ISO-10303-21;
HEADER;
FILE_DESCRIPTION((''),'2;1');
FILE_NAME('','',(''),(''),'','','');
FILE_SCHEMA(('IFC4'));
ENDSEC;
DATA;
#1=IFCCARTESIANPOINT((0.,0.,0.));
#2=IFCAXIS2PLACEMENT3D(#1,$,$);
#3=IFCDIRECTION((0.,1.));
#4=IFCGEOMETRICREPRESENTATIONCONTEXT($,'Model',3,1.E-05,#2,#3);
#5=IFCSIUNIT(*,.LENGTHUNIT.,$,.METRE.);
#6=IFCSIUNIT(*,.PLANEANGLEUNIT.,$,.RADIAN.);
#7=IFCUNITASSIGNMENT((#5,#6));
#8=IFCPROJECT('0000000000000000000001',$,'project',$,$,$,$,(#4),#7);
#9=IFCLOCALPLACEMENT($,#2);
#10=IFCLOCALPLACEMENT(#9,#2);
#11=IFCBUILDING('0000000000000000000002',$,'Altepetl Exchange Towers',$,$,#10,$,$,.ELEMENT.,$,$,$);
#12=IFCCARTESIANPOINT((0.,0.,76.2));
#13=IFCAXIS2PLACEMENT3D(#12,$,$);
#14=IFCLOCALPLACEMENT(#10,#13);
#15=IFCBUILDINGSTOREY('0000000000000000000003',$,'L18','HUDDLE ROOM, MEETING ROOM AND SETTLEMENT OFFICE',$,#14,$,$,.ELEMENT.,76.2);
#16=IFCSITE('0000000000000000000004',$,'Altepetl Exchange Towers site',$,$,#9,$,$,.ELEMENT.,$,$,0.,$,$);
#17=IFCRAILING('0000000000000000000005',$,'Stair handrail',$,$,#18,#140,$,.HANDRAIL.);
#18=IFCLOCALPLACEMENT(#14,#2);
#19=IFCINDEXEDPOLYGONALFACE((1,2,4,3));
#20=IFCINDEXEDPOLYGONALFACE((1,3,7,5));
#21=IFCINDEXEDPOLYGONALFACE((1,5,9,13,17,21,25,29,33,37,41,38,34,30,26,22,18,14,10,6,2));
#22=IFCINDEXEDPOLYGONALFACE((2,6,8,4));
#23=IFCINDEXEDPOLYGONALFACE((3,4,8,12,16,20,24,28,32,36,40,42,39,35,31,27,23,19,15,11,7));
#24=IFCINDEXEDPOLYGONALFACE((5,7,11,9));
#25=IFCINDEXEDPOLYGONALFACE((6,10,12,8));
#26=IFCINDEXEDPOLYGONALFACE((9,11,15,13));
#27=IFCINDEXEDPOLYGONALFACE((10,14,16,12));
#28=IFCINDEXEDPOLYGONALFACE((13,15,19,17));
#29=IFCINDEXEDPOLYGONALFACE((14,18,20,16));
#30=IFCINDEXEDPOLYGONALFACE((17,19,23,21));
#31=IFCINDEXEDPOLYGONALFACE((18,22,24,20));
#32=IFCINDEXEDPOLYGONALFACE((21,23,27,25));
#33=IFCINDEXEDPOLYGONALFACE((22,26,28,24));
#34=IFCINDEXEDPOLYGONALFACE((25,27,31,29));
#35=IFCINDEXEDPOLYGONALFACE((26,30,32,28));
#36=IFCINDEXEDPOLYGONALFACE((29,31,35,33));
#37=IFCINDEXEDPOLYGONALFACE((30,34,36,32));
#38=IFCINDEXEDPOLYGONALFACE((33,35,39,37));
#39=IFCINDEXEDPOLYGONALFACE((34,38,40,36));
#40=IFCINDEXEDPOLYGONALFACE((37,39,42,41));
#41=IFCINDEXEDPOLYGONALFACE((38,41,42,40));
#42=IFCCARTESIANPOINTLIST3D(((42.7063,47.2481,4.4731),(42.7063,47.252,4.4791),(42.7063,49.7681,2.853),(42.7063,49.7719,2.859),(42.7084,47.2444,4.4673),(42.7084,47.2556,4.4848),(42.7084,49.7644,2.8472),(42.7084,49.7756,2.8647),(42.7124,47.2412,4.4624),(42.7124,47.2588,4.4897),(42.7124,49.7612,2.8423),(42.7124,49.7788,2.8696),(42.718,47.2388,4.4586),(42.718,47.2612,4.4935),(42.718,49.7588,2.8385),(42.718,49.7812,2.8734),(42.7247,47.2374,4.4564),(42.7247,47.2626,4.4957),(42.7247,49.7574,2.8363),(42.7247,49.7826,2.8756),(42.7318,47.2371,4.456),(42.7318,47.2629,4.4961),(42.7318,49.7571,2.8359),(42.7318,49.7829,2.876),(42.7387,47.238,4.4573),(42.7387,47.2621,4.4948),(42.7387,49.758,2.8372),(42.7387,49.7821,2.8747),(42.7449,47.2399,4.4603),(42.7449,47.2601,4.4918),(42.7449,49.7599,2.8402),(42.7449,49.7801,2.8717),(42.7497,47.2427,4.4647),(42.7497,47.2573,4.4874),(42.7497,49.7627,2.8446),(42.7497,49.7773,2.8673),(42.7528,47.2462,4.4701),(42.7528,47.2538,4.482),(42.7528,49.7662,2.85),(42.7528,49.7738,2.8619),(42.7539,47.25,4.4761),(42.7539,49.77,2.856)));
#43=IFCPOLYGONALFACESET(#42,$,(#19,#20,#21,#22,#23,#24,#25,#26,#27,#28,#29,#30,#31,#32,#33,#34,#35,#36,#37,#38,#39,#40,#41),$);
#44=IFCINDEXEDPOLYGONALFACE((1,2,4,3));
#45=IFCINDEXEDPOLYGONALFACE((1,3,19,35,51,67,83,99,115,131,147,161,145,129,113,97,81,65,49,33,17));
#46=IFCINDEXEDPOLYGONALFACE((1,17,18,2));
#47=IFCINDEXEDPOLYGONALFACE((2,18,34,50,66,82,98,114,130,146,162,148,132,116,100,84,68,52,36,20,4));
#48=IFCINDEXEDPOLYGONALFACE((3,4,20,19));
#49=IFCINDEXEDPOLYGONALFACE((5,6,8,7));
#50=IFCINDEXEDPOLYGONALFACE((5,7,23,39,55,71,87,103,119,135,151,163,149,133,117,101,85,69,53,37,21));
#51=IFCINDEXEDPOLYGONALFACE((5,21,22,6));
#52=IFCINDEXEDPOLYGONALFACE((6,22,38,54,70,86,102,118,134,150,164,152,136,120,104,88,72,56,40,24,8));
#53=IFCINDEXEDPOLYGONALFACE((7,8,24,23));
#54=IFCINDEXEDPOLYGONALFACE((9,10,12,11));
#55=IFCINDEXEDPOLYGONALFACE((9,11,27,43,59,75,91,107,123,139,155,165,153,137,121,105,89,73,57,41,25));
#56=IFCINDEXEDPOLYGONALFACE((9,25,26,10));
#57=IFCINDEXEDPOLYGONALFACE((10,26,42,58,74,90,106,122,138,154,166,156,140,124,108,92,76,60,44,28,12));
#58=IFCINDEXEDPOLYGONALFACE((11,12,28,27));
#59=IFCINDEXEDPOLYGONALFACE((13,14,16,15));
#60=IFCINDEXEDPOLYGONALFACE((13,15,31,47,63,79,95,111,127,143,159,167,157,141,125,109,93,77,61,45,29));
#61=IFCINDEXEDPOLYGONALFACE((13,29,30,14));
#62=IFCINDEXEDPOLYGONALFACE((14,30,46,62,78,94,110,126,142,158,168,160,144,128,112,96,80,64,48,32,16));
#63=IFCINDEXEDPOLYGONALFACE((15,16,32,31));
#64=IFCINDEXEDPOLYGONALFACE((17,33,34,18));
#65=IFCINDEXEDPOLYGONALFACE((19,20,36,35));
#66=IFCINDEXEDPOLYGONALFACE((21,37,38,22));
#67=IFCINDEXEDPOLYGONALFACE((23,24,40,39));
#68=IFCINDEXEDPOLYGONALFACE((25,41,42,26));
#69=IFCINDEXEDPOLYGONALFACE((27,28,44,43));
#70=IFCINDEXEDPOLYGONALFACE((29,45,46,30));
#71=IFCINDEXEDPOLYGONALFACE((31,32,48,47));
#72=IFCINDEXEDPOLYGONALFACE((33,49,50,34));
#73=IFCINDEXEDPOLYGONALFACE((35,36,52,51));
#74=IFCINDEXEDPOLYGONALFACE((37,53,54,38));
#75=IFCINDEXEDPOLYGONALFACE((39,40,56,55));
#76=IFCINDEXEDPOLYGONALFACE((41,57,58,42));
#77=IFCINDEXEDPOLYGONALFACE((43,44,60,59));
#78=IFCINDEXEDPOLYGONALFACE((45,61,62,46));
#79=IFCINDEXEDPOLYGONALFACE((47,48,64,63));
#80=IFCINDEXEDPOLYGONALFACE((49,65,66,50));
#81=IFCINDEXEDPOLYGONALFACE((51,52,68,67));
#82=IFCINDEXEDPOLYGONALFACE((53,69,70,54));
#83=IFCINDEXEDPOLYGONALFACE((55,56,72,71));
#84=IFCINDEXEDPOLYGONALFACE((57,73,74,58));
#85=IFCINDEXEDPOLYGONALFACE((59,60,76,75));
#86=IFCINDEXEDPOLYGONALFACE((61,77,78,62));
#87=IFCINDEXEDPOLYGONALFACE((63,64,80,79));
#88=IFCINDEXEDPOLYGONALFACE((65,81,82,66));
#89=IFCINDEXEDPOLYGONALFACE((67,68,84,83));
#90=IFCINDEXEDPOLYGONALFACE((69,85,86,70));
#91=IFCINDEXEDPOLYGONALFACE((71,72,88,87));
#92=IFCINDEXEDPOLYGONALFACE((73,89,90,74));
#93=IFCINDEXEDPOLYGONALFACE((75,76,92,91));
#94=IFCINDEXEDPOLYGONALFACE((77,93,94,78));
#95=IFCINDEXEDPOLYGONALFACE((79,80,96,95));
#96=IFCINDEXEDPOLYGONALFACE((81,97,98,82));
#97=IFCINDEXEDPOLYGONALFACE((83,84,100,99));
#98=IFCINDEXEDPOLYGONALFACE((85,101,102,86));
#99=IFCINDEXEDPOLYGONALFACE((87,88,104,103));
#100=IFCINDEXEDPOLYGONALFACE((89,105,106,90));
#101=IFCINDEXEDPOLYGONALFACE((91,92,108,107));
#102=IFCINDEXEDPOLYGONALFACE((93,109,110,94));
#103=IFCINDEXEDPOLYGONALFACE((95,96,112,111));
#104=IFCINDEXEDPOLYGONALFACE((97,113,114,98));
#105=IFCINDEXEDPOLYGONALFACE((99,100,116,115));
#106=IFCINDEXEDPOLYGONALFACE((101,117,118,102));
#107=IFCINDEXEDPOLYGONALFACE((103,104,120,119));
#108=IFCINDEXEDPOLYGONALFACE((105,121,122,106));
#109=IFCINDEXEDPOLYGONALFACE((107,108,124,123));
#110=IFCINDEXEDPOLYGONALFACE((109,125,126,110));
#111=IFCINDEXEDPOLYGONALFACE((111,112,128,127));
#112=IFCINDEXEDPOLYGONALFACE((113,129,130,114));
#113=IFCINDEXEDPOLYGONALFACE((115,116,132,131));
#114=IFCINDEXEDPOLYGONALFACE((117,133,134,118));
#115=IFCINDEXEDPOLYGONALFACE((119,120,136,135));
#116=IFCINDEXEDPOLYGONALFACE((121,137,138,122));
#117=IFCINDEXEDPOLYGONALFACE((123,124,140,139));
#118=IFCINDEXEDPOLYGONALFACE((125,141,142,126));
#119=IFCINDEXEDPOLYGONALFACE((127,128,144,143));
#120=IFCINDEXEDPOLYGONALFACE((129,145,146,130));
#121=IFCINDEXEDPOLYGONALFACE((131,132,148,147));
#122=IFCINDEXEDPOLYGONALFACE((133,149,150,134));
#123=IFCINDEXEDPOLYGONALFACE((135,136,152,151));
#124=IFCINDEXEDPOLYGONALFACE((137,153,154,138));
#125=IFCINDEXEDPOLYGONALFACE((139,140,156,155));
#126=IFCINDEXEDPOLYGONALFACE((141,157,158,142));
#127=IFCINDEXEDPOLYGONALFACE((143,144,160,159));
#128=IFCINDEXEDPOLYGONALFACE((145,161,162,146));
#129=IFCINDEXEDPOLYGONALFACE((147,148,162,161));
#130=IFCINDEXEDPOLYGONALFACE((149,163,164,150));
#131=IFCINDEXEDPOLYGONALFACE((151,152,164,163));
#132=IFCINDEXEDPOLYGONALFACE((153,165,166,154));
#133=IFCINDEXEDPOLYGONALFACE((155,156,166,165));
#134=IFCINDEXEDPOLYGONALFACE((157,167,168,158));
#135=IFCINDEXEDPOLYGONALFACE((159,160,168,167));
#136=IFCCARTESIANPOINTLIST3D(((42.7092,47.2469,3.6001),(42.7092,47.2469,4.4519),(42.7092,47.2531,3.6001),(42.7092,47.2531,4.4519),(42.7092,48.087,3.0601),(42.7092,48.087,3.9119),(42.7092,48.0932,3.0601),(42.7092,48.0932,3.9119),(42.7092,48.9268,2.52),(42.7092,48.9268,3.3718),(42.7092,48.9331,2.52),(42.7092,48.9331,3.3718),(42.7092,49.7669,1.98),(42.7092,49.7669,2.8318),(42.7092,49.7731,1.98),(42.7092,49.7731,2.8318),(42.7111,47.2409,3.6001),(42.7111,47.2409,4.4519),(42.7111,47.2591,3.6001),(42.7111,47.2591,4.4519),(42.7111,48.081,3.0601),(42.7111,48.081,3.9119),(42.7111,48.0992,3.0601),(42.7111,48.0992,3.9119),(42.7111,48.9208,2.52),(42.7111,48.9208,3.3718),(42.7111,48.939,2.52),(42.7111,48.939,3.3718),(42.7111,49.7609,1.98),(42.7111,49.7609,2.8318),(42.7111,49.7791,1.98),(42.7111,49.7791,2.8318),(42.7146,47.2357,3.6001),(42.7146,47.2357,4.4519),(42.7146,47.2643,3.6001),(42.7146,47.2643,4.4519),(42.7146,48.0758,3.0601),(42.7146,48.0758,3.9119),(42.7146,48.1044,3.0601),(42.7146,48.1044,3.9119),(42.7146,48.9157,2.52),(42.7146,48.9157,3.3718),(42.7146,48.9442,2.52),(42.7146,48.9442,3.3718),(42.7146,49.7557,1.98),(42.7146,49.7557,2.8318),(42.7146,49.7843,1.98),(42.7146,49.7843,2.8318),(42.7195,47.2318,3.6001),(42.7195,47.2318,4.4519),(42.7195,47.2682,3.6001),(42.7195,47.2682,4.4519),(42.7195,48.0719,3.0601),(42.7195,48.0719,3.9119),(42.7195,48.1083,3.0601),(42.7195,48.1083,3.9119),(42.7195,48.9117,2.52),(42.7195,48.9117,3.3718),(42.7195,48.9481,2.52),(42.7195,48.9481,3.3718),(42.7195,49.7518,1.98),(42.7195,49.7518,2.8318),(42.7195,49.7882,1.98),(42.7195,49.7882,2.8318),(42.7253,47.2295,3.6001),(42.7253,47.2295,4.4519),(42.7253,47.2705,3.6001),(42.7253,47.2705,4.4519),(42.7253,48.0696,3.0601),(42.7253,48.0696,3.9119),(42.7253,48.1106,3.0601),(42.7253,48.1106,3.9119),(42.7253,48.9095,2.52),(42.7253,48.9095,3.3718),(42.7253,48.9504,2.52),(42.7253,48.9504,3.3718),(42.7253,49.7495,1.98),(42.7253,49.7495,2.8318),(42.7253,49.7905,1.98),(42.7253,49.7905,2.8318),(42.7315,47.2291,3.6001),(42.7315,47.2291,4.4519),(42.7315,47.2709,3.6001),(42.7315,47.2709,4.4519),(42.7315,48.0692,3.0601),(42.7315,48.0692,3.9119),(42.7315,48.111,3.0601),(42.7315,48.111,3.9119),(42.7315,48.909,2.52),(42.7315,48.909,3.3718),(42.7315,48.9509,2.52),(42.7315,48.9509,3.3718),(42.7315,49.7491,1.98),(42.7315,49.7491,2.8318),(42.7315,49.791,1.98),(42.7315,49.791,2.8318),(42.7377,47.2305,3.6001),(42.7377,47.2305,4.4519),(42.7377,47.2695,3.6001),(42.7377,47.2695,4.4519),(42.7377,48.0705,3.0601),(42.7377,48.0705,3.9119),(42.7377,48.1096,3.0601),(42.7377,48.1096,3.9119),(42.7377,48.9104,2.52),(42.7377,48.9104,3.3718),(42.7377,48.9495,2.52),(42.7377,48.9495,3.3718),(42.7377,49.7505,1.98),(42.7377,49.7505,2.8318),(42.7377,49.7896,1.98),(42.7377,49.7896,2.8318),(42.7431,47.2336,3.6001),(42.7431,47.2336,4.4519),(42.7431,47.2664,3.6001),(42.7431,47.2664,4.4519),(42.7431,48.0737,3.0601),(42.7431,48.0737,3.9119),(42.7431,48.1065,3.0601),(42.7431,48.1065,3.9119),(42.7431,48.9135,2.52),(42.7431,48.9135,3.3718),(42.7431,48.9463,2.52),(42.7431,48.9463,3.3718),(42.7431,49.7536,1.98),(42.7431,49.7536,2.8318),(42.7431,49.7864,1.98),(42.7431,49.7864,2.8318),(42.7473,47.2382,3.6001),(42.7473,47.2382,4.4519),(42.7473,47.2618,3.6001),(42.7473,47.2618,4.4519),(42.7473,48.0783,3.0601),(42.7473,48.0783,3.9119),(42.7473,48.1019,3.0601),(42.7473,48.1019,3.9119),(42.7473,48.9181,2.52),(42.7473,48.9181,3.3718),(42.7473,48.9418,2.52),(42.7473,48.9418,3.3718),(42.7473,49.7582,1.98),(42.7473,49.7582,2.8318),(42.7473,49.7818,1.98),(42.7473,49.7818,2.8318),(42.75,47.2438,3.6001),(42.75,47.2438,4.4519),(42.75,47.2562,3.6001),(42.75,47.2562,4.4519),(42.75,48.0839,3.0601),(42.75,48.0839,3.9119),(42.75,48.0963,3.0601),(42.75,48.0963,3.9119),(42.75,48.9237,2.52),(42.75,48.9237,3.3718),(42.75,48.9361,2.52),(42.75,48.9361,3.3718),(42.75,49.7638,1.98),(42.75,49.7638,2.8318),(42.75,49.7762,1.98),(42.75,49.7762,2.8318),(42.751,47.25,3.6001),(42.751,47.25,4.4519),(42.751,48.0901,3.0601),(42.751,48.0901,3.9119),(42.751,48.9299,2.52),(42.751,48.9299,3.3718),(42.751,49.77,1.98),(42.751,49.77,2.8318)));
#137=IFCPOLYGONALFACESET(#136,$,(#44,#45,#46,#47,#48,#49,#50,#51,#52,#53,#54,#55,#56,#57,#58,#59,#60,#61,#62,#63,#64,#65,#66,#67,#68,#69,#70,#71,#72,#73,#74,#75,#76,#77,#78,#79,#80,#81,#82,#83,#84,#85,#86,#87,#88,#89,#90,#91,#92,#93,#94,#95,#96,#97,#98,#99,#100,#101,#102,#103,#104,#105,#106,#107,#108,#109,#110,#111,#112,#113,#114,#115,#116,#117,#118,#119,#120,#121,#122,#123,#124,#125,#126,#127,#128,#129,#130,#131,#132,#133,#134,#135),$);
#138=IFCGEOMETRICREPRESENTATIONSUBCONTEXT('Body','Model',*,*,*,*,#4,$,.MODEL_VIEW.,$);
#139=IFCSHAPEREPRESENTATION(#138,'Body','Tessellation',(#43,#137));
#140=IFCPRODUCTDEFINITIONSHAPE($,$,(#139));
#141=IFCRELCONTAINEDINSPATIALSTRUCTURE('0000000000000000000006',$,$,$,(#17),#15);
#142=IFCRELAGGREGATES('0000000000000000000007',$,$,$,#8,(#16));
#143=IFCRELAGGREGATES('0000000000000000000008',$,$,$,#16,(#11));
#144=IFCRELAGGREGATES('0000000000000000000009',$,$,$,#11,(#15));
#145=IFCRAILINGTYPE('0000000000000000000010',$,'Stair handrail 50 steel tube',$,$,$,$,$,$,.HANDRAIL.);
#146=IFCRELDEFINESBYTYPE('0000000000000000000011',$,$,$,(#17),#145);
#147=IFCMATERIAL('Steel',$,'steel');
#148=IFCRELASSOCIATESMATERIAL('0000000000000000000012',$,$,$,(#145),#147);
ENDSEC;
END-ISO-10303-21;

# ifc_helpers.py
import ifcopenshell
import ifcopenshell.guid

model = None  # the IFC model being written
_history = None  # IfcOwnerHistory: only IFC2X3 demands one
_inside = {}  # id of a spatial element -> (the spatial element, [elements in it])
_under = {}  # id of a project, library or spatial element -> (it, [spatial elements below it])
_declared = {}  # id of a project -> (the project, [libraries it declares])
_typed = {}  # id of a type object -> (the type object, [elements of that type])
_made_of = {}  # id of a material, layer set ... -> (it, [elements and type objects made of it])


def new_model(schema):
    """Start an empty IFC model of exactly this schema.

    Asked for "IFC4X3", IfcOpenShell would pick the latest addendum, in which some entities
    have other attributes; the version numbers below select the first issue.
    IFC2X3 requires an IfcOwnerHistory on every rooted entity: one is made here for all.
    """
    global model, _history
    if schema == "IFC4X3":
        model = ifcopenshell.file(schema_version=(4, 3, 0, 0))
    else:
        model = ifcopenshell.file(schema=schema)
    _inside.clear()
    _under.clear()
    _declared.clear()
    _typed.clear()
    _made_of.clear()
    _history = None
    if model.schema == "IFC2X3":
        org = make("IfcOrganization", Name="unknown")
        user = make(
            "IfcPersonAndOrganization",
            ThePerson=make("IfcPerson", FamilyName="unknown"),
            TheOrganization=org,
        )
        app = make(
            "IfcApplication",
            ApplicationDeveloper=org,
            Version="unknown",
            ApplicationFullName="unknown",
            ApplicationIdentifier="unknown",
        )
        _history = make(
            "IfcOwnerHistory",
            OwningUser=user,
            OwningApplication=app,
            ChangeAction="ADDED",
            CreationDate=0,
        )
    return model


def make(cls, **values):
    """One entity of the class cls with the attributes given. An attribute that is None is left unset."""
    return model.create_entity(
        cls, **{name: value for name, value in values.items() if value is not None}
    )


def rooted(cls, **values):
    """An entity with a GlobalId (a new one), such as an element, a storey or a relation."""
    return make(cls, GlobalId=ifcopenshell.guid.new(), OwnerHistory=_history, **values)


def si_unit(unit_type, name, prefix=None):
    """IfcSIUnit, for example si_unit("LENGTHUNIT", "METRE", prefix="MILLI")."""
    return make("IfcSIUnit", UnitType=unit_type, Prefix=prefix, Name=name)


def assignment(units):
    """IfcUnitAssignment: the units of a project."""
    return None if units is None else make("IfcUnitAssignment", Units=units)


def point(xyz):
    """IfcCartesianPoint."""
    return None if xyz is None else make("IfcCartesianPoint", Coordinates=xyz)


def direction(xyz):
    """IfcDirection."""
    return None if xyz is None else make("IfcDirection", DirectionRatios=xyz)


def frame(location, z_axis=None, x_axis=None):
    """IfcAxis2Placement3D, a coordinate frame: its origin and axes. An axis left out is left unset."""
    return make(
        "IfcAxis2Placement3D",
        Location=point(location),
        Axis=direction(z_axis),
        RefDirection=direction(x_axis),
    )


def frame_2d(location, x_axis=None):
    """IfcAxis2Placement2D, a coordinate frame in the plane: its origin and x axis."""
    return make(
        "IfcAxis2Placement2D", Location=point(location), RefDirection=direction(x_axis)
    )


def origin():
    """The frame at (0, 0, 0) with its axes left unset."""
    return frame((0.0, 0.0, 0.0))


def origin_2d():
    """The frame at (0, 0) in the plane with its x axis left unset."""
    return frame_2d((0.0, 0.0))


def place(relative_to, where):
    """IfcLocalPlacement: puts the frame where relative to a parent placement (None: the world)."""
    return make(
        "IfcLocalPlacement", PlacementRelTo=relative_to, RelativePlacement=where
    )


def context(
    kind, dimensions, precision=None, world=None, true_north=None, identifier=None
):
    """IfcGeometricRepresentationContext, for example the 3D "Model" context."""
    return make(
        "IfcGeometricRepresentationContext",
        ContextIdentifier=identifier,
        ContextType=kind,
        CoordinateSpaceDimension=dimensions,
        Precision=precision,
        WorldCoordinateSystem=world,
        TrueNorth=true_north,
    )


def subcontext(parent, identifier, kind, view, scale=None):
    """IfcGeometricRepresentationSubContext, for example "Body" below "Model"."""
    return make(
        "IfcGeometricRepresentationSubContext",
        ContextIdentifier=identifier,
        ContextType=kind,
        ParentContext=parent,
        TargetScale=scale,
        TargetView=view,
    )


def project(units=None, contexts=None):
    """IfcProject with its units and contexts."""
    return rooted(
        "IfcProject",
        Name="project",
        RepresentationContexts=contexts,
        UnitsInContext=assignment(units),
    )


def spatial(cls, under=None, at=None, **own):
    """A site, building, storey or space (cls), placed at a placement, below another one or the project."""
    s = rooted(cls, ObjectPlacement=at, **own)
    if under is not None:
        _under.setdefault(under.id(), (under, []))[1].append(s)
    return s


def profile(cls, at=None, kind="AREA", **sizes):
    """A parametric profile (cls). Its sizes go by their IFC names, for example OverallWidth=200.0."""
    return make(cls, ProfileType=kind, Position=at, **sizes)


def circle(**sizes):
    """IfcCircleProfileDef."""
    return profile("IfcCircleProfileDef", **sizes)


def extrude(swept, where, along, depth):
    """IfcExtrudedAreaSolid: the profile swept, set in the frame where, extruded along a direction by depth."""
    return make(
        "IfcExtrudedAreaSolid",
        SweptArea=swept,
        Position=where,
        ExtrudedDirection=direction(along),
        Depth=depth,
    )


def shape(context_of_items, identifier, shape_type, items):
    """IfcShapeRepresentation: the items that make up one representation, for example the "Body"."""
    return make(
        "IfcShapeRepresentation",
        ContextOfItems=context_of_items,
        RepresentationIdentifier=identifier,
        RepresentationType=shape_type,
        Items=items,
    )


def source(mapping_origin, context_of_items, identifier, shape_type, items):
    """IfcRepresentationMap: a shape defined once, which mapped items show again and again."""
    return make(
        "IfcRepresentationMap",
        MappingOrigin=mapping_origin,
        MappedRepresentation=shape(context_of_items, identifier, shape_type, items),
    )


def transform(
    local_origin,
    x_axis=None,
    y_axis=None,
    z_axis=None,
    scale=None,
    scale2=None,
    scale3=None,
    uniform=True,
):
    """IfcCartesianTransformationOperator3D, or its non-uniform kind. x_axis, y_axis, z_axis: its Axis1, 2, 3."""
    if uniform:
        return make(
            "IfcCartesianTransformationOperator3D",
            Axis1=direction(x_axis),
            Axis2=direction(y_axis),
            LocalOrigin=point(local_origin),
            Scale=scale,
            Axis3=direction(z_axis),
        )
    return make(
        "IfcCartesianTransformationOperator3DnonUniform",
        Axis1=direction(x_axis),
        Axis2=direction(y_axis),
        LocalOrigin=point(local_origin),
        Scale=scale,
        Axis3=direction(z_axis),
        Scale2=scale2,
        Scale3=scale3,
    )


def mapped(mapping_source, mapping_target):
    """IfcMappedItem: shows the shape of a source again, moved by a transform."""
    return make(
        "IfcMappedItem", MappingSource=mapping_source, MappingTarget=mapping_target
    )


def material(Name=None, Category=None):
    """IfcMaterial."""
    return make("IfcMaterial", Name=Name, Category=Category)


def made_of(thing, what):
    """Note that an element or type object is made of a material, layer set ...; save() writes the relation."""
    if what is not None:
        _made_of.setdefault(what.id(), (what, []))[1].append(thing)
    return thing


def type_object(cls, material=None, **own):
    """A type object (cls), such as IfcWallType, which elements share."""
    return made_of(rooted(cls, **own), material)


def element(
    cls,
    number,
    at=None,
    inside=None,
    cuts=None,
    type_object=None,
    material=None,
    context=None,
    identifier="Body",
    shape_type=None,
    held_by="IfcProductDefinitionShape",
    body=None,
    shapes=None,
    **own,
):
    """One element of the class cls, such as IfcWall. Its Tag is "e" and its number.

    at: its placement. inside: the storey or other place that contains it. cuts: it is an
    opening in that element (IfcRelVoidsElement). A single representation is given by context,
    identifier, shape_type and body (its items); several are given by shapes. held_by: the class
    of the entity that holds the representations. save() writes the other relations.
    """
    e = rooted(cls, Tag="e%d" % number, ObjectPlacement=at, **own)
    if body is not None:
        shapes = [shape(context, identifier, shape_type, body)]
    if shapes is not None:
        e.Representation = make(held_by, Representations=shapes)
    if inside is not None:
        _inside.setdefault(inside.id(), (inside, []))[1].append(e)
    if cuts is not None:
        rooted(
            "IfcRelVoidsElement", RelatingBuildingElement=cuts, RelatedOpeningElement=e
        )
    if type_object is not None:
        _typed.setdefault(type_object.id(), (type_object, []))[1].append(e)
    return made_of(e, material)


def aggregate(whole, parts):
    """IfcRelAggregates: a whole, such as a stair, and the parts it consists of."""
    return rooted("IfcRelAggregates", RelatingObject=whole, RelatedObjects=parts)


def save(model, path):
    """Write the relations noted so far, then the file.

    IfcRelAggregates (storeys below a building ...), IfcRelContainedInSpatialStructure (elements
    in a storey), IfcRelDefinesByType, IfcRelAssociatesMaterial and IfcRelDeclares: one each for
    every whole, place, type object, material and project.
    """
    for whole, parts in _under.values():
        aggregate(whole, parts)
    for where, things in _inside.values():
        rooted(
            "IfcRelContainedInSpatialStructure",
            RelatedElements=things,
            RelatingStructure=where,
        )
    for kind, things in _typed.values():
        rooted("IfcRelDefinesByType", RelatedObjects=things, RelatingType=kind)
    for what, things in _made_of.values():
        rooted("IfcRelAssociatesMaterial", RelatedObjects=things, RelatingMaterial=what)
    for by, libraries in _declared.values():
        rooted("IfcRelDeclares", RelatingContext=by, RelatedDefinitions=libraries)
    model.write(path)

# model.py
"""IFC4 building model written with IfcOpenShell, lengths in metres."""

from ifc_helpers import new_model, si_unit, direction, frame, origin, origin_2d, place, context, subcontext, project, spatial, circle, extrude, source, transform, mapped, material, type_object, element, save


model = new_model("IFC4")

# Units and contexts
model_context = context("Model", 3, precision=1e-05, world=origin(), true_north=direction((0.0, 1.0)))
body_context = subcontext(model_context, "Body", "Model", "MODEL_VIEW")
ifc_project = project(units=[si_unit("LENGTHUNIT", "METRE"), si_unit("PLANEANGLEUNIT", "RADIAN")], contexts=[model_context])

# Site, building, storey
site_placement = place(None, origin())
site = spatial("IfcSite", under=ifc_project, at=site_placement, Name="Altepetl Exchange Towers site", CompositionType="ELEMENT", RefElevation=0.0)
building_placement = place(site_placement, origin())
building = spatial("IfcBuilding", under=site, at=building_placement, Name="Altepetl Exchange Towers", CompositionType="ELEMENT")
storey_placement = place(building_placement, frame((0.0, 0.0, 76.2)))
storey = spatial("IfcBuildingStorey", under=building, at=storey_placement, Name="L18", Description="HUDDLE ROOM, MEETING ROOM AND SETTLEMENT OFFICE", CompositionType="ELEMENT", Elevation=76.2)

# Railing
ifc_material_1 = material(Name="Steel", Category="steel")
railing_type = type_object("IfcRailingType", Name="Stair handrail 50 steel tube", PredefinedType="HANDRAIL", material=ifc_material_1)
shared_shape = source(origin(), body_context, "Body", "SweptSolid", [
    extrude(circle(Radius=0.021, at=origin_2d()), origin(), (0.0, 0.0, 1.0), 0.8518),
])
railing_1_placement = place(storey_placement, frame((42.73, 49.77, 1.98)))
element("IfcRailing", 1, at=railing_1_placement, inside=storey, type_object=railing_type, Name="Stair handrail", PredefinedType="HANDRAIL", context=body_context, shape_type="SweptSolid", body=[
    extrude(circle(Radius=0.0239, at=origin_2d()), frame((0.0, 0.0, 0.876), z_axis=(0.0, -0.841163, 0.540782), x_axis=(1.0, 0.0, 0.0)), (0.0, 0.0, 1.0), 2.9958),
    mapped(shared_shape, transform((0.0, 0.0, 0.0))),
    mapped(shared_shape, transform((0.0, -0.8401, 0.54))),
    mapped(shared_shape, transform((0.0, -1.6799, 1.0801))),
    mapped(shared_shape, transform((0.0, -2.52, 1.6201))),
])

save(model, "model.ifc")
